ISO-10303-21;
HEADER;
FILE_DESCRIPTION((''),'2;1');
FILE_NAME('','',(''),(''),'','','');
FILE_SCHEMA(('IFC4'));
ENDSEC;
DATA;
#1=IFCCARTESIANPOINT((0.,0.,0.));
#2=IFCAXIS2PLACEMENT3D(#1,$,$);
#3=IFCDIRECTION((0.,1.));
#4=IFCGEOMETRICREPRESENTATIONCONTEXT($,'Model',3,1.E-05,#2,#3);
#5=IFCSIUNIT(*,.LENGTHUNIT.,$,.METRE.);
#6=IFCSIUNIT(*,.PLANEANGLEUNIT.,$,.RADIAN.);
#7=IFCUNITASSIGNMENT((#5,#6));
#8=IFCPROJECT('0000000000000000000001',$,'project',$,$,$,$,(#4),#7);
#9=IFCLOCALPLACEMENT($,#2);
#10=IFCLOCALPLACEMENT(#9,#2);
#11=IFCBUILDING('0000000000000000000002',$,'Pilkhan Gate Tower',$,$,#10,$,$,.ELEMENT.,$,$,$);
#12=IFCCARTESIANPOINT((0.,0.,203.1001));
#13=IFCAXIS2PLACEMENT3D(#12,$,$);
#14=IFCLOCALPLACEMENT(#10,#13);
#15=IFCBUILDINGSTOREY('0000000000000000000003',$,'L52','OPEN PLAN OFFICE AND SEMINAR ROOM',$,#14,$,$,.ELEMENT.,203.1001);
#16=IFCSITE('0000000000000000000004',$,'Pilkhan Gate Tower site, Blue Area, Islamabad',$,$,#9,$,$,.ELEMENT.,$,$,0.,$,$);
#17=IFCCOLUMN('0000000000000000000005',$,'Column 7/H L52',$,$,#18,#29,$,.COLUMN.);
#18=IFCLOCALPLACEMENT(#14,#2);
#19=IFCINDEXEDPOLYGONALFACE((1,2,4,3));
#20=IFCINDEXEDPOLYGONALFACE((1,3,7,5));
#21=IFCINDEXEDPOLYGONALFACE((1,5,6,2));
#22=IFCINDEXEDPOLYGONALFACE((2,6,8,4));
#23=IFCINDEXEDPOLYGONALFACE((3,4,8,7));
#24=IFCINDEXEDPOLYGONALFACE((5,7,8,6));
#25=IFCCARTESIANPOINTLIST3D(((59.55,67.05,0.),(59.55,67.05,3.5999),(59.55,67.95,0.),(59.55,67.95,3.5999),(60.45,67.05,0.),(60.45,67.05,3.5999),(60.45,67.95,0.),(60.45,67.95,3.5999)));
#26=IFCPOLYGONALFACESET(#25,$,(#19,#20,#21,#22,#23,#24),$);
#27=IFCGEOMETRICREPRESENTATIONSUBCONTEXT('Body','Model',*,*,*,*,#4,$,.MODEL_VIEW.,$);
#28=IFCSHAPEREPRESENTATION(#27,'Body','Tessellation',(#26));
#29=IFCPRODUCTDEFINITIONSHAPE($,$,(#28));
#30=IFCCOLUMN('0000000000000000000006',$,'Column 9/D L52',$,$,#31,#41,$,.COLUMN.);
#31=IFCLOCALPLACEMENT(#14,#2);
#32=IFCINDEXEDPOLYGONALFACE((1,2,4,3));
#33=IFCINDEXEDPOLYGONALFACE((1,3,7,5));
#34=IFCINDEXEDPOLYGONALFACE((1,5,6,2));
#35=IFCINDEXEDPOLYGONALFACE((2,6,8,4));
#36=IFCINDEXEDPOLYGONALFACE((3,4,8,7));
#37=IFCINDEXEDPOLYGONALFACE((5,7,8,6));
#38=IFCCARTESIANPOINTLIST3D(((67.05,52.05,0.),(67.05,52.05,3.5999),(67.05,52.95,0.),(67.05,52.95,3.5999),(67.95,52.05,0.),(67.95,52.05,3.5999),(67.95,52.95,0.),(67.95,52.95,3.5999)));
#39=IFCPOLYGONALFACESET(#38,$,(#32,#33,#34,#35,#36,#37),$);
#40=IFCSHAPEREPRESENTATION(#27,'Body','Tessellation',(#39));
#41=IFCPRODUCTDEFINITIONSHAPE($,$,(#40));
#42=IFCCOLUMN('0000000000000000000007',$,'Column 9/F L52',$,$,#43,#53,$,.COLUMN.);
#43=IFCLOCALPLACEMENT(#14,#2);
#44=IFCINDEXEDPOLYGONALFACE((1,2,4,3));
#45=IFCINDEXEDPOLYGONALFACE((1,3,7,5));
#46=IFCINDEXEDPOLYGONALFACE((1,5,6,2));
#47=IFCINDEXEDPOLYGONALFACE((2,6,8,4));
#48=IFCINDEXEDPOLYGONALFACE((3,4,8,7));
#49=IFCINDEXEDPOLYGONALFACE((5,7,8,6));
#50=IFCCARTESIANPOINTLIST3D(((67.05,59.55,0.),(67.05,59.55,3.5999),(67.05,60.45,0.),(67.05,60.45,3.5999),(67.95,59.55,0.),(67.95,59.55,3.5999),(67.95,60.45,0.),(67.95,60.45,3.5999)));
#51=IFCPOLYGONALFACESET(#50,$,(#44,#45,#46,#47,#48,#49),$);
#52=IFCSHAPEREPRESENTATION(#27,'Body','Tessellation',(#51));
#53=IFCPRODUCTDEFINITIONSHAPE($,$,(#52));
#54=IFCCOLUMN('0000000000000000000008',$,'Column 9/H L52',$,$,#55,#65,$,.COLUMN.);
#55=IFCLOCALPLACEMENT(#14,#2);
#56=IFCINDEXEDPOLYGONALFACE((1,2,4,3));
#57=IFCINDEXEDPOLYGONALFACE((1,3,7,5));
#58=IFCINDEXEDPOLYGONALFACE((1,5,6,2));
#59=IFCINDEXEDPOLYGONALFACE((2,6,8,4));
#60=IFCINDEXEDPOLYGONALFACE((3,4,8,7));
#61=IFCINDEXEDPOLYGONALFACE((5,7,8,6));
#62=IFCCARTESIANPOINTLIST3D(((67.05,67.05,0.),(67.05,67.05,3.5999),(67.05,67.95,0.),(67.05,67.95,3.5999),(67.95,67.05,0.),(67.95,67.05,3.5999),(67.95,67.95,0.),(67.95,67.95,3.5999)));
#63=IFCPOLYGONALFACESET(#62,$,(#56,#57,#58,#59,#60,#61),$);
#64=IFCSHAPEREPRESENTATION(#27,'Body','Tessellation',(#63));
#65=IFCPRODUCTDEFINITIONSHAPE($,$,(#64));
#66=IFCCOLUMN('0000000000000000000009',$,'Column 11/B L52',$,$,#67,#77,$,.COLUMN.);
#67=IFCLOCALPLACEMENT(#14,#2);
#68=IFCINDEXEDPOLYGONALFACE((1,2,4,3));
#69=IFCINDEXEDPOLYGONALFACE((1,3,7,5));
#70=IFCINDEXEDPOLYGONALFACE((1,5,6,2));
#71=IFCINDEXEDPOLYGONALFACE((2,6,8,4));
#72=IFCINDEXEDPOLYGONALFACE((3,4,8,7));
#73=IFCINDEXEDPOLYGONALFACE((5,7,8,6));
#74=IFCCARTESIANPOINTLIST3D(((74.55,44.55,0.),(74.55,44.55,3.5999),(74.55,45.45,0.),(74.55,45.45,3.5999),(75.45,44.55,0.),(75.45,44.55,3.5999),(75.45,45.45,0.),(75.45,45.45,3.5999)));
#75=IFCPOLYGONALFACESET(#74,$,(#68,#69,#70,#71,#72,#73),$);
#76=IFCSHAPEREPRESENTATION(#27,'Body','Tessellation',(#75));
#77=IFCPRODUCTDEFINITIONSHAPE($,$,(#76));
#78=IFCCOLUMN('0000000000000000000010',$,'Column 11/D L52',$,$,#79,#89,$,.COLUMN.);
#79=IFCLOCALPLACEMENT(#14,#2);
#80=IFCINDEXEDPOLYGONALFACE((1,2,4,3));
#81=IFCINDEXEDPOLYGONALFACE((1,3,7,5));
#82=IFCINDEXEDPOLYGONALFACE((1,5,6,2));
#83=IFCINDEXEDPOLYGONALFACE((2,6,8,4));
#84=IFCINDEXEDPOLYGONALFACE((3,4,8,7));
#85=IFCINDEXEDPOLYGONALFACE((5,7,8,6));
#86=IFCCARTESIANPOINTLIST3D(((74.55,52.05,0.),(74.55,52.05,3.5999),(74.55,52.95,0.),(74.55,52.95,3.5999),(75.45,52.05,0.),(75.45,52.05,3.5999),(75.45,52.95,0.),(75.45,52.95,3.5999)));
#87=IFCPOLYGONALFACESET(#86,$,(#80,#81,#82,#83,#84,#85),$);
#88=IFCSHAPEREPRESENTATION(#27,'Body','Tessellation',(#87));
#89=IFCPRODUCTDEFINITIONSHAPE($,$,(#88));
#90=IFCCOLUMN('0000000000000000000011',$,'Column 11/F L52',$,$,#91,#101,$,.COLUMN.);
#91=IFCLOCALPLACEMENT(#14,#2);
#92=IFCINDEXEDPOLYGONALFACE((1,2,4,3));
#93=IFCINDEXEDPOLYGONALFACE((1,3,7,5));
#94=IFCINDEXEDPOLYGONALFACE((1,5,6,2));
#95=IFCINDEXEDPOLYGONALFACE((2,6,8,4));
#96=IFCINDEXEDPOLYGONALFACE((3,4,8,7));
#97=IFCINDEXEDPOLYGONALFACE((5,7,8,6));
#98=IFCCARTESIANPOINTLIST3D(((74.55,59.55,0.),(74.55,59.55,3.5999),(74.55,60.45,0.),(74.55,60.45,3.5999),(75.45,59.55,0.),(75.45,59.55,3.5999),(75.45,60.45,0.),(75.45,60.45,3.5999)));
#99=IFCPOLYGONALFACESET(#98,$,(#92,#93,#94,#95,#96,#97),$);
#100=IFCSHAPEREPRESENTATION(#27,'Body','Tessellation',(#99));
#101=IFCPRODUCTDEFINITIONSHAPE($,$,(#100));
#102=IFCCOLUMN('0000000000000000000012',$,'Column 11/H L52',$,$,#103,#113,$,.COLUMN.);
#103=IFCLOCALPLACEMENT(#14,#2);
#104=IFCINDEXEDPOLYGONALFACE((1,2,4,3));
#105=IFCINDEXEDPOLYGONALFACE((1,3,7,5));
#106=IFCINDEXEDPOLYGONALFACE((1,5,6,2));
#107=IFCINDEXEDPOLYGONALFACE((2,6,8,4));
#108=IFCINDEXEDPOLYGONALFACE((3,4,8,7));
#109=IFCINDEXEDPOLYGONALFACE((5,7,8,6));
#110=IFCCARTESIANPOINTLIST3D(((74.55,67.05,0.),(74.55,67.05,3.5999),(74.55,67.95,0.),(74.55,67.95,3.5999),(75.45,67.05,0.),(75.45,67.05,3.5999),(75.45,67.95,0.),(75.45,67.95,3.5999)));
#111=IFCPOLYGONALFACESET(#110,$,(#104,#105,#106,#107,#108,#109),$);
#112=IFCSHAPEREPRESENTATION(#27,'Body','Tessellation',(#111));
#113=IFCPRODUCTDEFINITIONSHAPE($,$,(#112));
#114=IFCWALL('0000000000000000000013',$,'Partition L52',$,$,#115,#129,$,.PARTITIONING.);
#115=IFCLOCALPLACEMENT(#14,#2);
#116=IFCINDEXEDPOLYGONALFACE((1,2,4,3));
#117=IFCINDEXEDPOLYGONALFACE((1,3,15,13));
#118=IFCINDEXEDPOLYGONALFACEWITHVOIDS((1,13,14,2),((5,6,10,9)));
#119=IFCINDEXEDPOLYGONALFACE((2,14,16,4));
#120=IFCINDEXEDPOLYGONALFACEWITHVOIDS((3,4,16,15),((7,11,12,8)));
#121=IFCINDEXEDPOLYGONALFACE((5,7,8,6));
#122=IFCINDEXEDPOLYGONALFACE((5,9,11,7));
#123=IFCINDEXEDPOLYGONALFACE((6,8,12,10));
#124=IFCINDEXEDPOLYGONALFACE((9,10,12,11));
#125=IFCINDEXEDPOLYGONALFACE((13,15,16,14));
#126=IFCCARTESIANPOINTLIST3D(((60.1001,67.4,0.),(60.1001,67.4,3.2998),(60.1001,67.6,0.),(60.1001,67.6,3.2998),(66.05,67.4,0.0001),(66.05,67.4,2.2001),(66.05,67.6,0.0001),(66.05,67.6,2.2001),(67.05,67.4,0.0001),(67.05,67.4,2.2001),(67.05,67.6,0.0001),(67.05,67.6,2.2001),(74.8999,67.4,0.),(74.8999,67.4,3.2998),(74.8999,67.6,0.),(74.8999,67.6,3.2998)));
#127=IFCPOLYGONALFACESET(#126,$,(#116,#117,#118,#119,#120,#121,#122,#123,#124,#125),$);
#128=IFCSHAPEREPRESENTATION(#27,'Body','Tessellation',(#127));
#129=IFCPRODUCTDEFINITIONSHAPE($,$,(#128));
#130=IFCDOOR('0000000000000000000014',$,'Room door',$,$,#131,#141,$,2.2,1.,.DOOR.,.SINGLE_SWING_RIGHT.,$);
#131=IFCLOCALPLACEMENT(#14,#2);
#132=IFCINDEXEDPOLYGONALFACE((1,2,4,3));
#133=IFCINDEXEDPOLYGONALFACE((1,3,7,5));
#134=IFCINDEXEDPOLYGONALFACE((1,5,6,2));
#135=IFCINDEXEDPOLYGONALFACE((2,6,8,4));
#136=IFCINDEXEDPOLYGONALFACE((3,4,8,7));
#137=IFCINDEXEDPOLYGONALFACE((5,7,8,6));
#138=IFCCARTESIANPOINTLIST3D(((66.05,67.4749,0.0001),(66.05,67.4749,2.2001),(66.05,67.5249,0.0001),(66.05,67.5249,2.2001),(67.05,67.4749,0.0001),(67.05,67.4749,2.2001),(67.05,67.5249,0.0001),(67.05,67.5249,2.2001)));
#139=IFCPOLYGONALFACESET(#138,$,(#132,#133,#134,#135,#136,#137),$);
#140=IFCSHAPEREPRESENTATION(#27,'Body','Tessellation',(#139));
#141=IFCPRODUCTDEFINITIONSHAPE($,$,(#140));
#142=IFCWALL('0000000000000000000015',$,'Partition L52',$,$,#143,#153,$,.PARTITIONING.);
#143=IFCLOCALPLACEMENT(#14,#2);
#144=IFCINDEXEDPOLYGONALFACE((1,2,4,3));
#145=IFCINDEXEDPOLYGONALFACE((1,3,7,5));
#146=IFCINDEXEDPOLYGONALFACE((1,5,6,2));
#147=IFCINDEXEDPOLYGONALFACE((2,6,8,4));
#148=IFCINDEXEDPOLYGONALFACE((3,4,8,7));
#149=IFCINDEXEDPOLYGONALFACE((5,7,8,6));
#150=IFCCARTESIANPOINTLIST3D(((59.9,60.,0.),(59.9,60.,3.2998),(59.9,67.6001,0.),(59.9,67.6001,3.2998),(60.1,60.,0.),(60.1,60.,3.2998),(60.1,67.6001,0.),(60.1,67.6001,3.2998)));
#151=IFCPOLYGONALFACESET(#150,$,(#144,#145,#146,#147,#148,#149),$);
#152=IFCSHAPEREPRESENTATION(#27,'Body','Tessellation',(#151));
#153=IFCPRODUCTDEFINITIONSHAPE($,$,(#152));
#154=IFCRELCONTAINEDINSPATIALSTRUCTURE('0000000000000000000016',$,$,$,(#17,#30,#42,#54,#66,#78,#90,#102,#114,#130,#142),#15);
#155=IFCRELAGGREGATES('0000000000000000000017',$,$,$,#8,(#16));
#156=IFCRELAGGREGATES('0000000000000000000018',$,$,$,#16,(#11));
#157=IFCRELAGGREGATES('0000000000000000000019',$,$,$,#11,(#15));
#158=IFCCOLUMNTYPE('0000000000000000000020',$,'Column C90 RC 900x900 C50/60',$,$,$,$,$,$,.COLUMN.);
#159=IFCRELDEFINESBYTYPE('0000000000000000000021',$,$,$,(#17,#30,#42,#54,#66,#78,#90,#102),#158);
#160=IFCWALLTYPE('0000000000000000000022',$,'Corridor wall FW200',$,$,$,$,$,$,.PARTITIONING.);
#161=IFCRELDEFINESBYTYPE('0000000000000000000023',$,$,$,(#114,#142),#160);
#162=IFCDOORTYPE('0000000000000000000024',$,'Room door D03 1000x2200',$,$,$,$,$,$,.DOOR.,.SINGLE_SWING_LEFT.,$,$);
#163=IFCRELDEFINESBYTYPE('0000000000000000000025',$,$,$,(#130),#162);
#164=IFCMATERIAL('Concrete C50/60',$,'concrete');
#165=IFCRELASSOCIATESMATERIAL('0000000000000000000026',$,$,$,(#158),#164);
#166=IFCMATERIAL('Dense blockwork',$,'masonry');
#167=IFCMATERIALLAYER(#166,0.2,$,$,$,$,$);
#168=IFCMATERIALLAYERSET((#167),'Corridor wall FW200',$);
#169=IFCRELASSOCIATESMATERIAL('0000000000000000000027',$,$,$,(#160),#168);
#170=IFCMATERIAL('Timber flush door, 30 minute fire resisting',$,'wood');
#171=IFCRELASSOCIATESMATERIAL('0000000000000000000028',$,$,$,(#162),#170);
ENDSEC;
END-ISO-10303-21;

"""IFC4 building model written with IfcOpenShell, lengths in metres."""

from ifc_helpers import new_model, si_unit, direction, frame, frame_2d, origin, origin_2d, place, context, subcontext, project, spatial, rectangle, extrude, material, layer, layer_set, material_profile, profile_set, type_object, element, fill, save


model = new_model("IFC4")

# Units and contexts
model_context = context("Model", 3, precision=1e-05, world=origin(), true_north=direction((0.0, 1.0)))
body_context = subcontext(model_context, "Body", "Model", "MODEL_VIEW")
ifc_project = project(units=[si_unit("LENGTHUNIT", "METRE"), si_unit("PLANEANGLEUNIT", "RADIAN")], contexts=[model_context])

# Site, building, storey
site_placement = place(None, origin())
site = spatial("IfcSite", under=ifc_project, at=site_placement, Name="Pilkhan Gate Tower site, Blue Area, Islamabad", CompositionType="ELEMENT", RefElevation=0.0)
building_placement = place(site_placement, origin())
building = spatial("IfcBuilding", under=site, at=building_placement, Name="Pilkhan Gate Tower", CompositionType="ELEMENT")
storey_placement = place(building_placement, frame((0.0, 0.0, 203.1001)))
storey = spatial("IfcBuildingStorey", under=building, at=storey_placement, Name="L52", Description="OPEN PLAN OFFICE AND SEMINAR ROOM", CompositionType="ELEMENT", Elevation=203.1001)

# Columns
ifc_material_1 = material(Name="Concrete C50/60", Category="concrete")
ifc_material_profile = material_profile(ifc_material_1, rectangle(XDim=0.8999, YDim=0.8999, at=origin_2d()), Name="RC 900x900")
ifc_profile_set = profile_set([ifc_material_profile], Name="Concrete C50/60")
column_type = type_object("IfcColumnType", Name="Column C90 RC 900x900 C50/60", PredefinedType="COLUMN", material=ifc_profile_set)
for number, where, z_axis, x_axis, name in (
    (1, (60.0, 67.5, 0.0), (0.0, 0.0, 1.0), (1.0, 0.0, 0.0), "Column 7/H L52"),
    (2, (67.5, 52.5, 0.0), (0.0, 0.0, 1.0), (1.0, 0.0, 0.0), "Column 9/D L52"),
    (3, (67.5, 60.0, 0.0), (0.0, 0.0, 1.0), (1.0, 0.0, 0.0), "Column 9/F L52"),
    (4, (67.5, 67.5, 0.0), (0.0, 0.0, 1.0), (1.0, 0.0, 0.0), "Column 9/H L52"),
    (5, (75.0, 45.0, 0.0), (0.0, 0.0, 1.0), (1.0, 0.0, 0.0), "Column 11/B L52"),
    (6, (75.0, 52.5, 0.0), (0.0, 0.0, 1.0), (1.0, 0.0, 0.0), "Column 11/D L52"),
    (7, (75.0, 60.0, 0.0), (0.0, 0.0, 1.0), (1.0, 0.0, 0.0), "Column 11/F L52"),
    (8, (75.0, 67.5, 0.0), (0.0, 0.0, 1.0), (1.0, 0.0, 0.0), "Column 11/H L52"),
):
    element("IfcColumn", number, at=place(storey_placement, frame(where, z_axis=z_axis, x_axis=x_axis)), inside=storey, type_object=column_type, Name=name, PredefinedType="COLUMN", context=body_context, shape_type="SweptSolid", body=[
        extrude(rectangle(XDim=0.8999, YDim=0.8999, at=origin_2d()), origin(), (0.0, 0.0, 1.0), 3.5999),
    ])

# Wall, opening, door
ifc_material_2 = material(Name="Dense blockwork", Category="masonry")
ifc_layer_1 = layer(ifc_material_2, 0.2)
ifc_layer_set_1 = layer_set([ifc_layer_1], Name="Corridor wall FW200")
wall_type_1 = type_object("IfcWallType", Name="Corridor wall FW200", PredefinedType="PARTITIONING", material=ifc_layer_set_1)
wall_1_placement = place(storey_placement, frame((60.1001, 67.5, 0.0), z_axis=(0.0, 0.0, 1.0), x_axis=(1.0, 0.0, 0.0)))
wall_1 = element("IfcWall", 9, at=wall_1_placement, inside=storey, type_object=wall_type_1, Name="Partition L52", PredefinedType="PARTITIONING", context=body_context, shape_type="SweptSolid", body=[
    extrude(rectangle(XDim=14.7998, YDim=0.2, at=frame_2d((7.3999, 0.0))), origin(), (0.0, 0.0, 1.0), 3.2998),
])
opening_1_placement = place(wall_1_placement, frame((5.95, 0.0, 0.0)))
opening_1 = element("IfcOpeningElement", 10, at=opening_1_placement, cuts=wall_1, PredefinedType="OPENING", context=body_context, shape_type="SweptSolid", body=[
    extrude(rectangle(XDim=1.0, YDim=2.2, at=frame_2d((0.5, 1.1001))), frame((0.0, 0.1099, 0.0), z_axis=(0.0, -1.0, 0.0), x_axis=(1.0, 0.0, 0.0)), (0.0, 0.0, 1.0), 0.22),
])
ifc_material_3 = material(Name="Timber flush door, 30 minute fire resisting", Category="wood")
door_type_1 = type_object("IfcDoorType", Name="Room door D03 1000x2200", OperationType="SINGLE_SWING_LEFT", PredefinedType="DOOR", material=ifc_material_3)
door_1_placement = place(opening_1_placement, origin())
door_1 = element("IfcDoor", 11, at=door_1_placement, inside=storey, type_object=door_type_1, Name="Room door", OperationType="SINGLE_SWING_RIGHT", OverallHeight=2.2, OverallWidth=1.0, PredefinedType="DOOR", context=body_context, shape_type="SweptSolid", body=[
    extrude(rectangle(XDim=1.0, YDim=2.2, at=frame_2d((0.5, 1.1001))), frame((0.0, 0.0249, 0.0), z_axis=(0.0, -1.0, 0.0), x_axis=(1.0, 0.0, 0.0)), (0.0, 0.0, 1.0), 0.05),
])
fill(opening_1, door_1)

# Wall
wall_2_placement = place(storey_placement, frame((60.0, 60.0, 0.0), z_axis=(0.0, 0.0, 1.0), x_axis=(0.0, 1.0, 0.0)))
element("IfcWall", 12, at=wall_2_placement, inside=storey, type_object=wall_type_1, Name="Partition L52", PredefinedType="PARTITIONING", context=body_context, shape_type="SweptSolid", body=[
    extrude(rectangle(XDim=7.6001, YDim=0.2, at=frame_2d((3.8, 0.0))), origin(), (0.0, 0.0, 1.0), 3.2998),
])

save(model, "model.ifc")
